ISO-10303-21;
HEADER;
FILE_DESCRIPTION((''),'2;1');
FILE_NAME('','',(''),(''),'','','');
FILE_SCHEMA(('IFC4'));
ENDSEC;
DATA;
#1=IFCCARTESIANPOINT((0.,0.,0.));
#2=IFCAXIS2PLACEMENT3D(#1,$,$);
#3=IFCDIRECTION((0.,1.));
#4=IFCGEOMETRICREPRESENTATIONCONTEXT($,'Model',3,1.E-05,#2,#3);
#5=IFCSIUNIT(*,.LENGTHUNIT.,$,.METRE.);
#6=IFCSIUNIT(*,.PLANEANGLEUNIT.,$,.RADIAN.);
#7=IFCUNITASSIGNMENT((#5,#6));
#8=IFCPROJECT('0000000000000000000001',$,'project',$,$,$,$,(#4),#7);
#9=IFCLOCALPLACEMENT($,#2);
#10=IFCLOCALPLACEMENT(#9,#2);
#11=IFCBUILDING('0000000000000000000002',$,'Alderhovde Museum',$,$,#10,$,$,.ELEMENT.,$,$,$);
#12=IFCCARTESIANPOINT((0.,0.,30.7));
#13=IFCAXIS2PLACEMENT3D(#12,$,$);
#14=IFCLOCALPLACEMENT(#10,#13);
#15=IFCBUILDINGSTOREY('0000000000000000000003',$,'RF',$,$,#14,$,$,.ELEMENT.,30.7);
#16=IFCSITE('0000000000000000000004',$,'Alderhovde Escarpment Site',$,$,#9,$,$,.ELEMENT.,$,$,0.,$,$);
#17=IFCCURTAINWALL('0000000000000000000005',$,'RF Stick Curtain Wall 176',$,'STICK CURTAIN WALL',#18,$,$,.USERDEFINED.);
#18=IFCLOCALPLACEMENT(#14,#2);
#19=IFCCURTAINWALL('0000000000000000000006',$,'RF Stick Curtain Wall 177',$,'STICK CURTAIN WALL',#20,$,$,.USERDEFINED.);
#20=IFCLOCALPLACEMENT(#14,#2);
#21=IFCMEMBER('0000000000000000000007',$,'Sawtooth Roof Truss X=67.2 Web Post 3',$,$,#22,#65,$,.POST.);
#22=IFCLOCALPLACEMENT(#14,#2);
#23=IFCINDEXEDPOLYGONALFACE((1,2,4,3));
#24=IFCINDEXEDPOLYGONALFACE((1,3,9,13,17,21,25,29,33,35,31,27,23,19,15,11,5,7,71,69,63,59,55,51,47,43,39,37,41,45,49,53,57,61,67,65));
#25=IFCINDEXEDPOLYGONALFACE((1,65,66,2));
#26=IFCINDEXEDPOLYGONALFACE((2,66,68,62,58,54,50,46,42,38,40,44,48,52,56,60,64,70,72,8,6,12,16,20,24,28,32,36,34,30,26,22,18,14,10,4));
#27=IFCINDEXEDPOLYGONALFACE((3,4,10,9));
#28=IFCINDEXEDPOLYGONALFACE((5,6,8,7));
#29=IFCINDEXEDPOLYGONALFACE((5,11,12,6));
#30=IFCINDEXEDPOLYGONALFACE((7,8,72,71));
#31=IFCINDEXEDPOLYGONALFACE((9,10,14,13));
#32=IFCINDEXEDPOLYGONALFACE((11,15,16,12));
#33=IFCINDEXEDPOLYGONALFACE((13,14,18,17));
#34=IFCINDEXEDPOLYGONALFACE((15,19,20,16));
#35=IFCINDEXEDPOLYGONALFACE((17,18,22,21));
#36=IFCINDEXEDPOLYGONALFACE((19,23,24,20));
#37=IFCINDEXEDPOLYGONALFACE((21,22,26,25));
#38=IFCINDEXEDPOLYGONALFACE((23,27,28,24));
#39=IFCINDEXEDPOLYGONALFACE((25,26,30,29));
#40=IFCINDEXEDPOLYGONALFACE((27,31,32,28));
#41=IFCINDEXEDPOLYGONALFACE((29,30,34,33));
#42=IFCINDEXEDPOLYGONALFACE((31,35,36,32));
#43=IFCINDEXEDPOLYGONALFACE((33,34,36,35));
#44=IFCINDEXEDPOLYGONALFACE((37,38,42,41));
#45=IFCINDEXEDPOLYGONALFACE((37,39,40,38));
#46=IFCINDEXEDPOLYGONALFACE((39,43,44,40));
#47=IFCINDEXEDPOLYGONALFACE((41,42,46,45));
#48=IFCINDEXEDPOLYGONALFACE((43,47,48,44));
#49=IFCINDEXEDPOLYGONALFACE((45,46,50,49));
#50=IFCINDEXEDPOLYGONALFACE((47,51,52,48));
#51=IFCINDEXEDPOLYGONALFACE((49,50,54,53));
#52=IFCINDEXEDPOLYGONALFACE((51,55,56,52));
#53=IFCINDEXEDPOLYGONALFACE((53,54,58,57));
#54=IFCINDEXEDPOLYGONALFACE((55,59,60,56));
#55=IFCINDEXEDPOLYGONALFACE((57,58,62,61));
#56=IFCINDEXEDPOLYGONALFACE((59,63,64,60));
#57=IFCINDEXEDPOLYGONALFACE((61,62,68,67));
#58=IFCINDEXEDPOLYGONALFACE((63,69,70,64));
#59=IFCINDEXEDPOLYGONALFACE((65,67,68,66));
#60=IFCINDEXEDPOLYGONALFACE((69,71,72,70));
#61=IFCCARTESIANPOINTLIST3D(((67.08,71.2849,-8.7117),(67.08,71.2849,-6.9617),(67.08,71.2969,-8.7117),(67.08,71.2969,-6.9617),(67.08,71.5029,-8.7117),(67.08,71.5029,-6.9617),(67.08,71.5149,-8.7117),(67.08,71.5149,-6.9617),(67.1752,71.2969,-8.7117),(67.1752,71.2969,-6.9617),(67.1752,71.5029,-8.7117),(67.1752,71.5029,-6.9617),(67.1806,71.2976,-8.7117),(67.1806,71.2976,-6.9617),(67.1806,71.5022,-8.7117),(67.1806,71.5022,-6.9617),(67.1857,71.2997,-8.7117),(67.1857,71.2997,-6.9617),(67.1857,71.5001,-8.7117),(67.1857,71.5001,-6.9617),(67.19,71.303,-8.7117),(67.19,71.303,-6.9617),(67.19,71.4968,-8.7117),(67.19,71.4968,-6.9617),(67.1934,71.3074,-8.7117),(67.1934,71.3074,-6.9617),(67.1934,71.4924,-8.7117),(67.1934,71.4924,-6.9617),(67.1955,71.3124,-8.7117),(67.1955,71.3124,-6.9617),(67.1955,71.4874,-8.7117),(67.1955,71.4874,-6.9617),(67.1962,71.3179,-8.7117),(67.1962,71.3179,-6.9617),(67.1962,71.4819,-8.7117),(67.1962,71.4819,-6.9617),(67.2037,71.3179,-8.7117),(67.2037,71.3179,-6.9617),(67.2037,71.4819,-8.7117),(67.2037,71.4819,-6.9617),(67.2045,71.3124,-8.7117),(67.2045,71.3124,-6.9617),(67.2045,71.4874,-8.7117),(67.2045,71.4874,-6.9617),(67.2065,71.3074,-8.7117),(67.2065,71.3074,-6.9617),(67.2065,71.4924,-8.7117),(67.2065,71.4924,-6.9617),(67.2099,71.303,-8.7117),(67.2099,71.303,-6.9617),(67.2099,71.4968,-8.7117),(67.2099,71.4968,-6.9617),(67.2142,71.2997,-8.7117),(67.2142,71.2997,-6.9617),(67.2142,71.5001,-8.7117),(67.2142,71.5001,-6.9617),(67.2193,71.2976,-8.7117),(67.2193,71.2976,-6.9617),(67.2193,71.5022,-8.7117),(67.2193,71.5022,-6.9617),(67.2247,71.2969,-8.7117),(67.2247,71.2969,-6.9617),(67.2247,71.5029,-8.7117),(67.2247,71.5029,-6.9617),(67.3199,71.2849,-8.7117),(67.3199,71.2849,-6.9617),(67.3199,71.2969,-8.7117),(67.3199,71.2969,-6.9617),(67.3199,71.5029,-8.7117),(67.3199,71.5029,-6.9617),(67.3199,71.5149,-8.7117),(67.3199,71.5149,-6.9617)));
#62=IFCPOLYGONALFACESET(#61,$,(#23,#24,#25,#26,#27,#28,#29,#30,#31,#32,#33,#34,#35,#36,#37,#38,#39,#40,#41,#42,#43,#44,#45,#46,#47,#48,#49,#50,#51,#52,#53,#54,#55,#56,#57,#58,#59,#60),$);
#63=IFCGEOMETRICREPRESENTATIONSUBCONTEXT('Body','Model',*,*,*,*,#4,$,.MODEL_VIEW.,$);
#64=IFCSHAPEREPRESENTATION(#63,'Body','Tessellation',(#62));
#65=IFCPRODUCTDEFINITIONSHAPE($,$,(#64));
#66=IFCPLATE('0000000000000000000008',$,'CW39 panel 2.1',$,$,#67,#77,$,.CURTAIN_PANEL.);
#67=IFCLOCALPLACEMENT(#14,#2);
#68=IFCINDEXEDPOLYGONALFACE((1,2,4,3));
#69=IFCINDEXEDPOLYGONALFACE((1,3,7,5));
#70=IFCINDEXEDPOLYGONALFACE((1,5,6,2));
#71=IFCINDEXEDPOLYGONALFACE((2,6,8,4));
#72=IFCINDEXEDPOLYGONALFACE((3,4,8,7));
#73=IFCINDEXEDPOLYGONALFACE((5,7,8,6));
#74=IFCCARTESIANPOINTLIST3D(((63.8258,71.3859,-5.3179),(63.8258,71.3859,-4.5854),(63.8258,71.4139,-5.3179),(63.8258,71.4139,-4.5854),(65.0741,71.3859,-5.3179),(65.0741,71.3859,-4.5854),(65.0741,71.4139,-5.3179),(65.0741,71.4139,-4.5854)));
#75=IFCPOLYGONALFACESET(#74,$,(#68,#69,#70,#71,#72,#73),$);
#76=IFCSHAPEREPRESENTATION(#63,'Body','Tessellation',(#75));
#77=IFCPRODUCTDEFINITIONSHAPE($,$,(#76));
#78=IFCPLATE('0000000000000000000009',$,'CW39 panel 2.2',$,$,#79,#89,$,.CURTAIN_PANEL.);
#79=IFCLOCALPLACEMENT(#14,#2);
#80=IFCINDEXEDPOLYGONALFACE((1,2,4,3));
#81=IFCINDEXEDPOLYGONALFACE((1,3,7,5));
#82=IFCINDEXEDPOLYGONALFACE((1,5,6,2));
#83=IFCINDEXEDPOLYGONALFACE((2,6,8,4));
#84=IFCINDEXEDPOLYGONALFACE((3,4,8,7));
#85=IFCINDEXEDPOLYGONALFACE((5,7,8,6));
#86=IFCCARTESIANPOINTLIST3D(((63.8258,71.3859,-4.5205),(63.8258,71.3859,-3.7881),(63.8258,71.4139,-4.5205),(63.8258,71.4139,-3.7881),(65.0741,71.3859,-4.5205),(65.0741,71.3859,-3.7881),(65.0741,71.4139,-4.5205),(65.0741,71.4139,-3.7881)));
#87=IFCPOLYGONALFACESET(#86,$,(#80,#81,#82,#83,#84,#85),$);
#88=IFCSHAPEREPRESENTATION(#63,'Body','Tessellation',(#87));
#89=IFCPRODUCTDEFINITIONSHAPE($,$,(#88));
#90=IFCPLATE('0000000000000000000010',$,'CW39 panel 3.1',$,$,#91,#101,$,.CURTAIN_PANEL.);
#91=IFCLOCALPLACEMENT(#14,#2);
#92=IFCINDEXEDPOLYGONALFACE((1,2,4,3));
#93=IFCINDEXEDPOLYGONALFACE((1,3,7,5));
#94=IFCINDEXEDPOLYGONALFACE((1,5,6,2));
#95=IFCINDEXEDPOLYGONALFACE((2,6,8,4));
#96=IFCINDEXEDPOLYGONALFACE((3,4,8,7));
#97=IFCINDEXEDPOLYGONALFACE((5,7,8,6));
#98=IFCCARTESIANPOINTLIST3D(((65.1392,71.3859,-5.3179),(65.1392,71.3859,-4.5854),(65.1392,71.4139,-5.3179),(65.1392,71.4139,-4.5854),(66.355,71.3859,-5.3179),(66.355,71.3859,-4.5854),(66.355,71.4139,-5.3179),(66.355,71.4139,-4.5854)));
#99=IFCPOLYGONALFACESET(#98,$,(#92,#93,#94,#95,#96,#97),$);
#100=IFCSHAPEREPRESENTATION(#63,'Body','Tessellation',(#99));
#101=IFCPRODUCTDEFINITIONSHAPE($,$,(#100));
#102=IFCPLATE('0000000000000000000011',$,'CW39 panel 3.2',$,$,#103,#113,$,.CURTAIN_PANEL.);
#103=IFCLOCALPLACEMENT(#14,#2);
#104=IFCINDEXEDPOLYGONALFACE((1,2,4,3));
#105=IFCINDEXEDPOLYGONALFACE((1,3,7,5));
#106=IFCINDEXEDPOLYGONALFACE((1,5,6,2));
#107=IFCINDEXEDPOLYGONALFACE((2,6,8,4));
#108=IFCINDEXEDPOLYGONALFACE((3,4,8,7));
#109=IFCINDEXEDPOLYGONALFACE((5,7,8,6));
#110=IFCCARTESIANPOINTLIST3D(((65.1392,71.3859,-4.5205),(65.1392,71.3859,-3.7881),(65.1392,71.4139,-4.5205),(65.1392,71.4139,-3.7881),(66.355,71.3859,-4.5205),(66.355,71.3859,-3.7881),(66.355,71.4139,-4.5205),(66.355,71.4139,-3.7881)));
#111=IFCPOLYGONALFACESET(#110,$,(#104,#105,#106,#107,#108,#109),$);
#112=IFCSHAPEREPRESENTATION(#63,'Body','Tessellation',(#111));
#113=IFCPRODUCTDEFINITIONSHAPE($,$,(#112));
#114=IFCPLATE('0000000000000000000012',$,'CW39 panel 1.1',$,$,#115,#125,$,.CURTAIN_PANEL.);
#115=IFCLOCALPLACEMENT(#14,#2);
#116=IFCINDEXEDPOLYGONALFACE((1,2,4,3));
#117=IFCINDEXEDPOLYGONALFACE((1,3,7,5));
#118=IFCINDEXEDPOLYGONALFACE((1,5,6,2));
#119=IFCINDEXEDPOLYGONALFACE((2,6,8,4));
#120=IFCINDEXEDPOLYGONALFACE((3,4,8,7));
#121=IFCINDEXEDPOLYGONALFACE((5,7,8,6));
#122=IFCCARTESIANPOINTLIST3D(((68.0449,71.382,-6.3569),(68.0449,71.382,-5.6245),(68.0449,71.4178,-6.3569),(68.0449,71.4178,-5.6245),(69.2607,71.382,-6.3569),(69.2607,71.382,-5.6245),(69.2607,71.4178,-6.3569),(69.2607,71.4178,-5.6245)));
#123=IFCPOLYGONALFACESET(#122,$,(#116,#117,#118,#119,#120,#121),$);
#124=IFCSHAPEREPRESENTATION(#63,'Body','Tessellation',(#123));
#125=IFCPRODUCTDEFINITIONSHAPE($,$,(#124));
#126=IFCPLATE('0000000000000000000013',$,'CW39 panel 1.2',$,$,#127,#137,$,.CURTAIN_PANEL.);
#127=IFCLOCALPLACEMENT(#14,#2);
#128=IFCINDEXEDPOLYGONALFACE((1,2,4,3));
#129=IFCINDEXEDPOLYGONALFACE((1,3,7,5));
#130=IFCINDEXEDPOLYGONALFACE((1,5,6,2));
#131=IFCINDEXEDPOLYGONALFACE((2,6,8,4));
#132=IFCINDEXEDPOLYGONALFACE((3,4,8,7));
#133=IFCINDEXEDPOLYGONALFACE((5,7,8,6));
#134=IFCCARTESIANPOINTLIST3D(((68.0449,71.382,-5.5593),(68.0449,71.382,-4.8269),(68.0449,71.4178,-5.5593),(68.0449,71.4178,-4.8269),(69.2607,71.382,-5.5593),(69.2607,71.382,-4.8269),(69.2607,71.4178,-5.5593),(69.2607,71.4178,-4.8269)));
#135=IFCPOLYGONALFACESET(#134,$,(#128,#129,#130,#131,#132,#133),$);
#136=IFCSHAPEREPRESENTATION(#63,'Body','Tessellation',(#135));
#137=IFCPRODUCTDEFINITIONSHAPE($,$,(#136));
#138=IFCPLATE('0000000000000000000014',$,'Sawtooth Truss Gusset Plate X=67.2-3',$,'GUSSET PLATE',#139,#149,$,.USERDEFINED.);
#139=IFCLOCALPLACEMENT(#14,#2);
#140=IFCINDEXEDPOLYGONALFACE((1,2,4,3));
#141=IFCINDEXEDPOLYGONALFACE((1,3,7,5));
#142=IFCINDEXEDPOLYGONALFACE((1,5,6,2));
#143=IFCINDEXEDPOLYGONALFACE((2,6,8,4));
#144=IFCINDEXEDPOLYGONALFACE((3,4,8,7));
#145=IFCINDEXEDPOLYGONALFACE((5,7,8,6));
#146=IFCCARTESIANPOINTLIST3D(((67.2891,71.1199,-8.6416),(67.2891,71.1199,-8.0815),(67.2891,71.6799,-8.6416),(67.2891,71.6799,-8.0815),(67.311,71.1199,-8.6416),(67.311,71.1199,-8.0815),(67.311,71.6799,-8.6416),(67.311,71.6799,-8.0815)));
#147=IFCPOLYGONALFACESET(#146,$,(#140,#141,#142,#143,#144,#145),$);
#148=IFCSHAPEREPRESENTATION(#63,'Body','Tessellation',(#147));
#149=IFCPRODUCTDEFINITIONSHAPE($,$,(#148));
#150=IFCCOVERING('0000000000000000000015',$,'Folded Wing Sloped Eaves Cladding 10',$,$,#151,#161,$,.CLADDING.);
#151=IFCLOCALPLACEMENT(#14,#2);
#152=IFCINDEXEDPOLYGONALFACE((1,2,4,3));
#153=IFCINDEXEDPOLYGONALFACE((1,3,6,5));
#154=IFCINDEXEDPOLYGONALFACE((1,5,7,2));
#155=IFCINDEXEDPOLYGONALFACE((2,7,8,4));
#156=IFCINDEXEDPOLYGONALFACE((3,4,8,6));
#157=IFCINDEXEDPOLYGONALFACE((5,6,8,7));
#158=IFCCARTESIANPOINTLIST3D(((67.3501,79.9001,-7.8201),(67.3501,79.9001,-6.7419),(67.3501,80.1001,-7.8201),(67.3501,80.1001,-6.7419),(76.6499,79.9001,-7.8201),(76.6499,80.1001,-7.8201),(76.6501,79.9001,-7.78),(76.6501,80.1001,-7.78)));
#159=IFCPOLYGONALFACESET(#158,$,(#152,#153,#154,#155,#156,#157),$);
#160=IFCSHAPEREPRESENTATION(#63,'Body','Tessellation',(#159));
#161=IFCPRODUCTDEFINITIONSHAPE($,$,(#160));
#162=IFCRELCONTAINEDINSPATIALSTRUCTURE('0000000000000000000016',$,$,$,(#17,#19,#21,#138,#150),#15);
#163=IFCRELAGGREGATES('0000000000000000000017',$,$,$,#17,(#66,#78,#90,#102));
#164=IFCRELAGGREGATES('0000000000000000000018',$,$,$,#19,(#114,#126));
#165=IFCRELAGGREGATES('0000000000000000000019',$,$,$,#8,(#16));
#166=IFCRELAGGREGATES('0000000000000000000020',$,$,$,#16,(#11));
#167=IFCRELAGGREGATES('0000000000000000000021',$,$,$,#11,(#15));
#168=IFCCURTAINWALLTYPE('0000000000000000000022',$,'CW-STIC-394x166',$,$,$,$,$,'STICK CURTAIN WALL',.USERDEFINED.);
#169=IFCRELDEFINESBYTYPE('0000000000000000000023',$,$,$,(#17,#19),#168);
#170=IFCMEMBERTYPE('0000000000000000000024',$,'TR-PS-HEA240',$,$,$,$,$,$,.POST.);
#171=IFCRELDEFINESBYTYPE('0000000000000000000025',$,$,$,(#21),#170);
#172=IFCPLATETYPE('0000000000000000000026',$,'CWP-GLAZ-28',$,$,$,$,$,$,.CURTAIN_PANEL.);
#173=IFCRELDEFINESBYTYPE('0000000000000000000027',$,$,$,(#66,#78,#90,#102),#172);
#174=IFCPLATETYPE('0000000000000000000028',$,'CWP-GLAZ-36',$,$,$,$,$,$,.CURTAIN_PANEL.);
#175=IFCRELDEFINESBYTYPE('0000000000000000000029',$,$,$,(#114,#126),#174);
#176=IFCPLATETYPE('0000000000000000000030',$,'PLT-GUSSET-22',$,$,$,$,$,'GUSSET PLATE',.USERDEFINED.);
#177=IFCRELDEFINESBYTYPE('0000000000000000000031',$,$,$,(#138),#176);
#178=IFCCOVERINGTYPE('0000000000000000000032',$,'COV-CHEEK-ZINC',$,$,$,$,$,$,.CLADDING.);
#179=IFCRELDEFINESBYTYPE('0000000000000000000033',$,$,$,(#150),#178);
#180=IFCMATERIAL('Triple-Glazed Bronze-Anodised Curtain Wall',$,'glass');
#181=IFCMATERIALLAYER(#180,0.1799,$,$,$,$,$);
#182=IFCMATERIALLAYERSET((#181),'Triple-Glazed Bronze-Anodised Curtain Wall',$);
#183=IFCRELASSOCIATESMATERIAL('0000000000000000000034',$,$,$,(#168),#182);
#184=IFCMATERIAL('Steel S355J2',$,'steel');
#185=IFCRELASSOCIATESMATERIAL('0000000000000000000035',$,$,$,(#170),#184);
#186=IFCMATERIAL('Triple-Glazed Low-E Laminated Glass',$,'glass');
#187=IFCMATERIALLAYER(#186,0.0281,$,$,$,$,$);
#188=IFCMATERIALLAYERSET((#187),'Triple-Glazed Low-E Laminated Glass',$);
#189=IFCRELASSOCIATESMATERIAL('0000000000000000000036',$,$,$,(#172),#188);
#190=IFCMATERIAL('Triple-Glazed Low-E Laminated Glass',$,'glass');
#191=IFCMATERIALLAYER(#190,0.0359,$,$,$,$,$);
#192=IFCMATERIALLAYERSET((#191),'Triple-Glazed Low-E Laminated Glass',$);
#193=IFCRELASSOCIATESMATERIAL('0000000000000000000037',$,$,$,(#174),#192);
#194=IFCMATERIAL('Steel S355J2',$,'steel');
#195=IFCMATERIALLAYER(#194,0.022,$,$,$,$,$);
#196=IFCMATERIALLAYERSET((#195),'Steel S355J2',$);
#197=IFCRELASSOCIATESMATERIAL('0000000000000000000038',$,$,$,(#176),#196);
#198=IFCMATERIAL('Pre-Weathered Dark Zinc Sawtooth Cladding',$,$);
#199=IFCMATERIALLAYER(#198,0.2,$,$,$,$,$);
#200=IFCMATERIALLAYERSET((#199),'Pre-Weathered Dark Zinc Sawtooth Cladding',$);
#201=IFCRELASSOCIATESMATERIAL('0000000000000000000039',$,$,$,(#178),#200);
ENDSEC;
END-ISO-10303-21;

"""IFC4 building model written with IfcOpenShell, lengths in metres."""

from ifc_helpers import new_model, si_unit, direction, frame, origin, origin_2d, place, context, subcontext, project, spatial, polyline, rectangle, i_section, outline, extrude, material, layer, layer_set, material_profile, profile_set, type_object, element, aggregate, save


model = new_model("IFC4")

# Units and contexts
model_context = context("Model", 3, precision=1e-05, world=origin(), true_north=direction((0.0, 1.0)))
body_context = subcontext(model_context, "Body", "Model", "MODEL_VIEW")
ifc_project = project(units=[si_unit("LENGTHUNIT", "METRE"), si_unit("PLANEANGLEUNIT", "RADIAN")], contexts=[model_context])

# Site, building, storey
site_placement = place(None, origin())
site = spatial("IfcSite", under=ifc_project, at=site_placement, Name="Alderhovde Escarpment Site", CompositionType="ELEMENT", RefElevation=0.0)
building_placement = place(site_placement, origin())
building = spatial("IfcBuilding", under=site, at=building_placement, Name="Alderhovde Museum", CompositionType="ELEMENT")
storey_placement = place(building_placement, frame((0.0, 0.0, 30.7)))
storey = spatial("IfcBuildingStorey", under=building, at=storey_placement, Name="RF", CompositionType="ELEMENT", Elevation=30.7)

# Curtain walls
ifc_material_1 = material(Name="Triple-Glazed Bronze-Anodised Curtain Wall", Category="glass")
ifc_layer_1 = layer(ifc_material_1, 0.1799)
ifc_layer_set_1 = layer_set([ifc_layer_1], Name="Triple-Glazed Bronze-Anodised Curtain Wall")
curtain_wall_type = type_object("IfcCurtainWallType", Name="CW-STIC-394x166", ElementType="STICK CURTAIN WALL", PredefinedType="USERDEFINED", material=ifc_layer_set_1)
curtain_wall_1_placement = place(storey_placement, origin())
curtain_wall_1 = element("IfcCurtainWall", 1, at=curtain_wall_1_placement, inside=storey, type_object=curtain_wall_type, Name="RF Stick Curtain Wall 176", ObjectType="STICK CURTAIN WALL", PredefinedType="USERDEFINED")
curtain_wall_2_placement = place(storey_placement, origin())
curtain_wall_2 = element("IfcCurtainWall", 2, at=curtain_wall_2_placement, inside=storey, type_object=curtain_wall_type, Name="RF Stick Curtain Wall 177", ObjectType="STICK CURTAIN WALL", PredefinedType="USERDEFINED")

# Member
ifc_material_2 = material(Name="Steel S355J2", Category="steel")
ifc_material_profile_1 = material_profile(ifc_material_2, i_section(OverallWidth=0.24, OverallDepth=0.23, WebThickness=0.0076, FlangeThickness=0.012, FilletRadius=0.021, at=origin_2d()), Name="HEA 240")
ifc_profile_set_1 = profile_set([ifc_material_profile_1], Name="Steel S355J2")
member_type_1 = type_object("IfcMemberType", Name="TR-PS-HEA240", PredefinedType="POST", material=ifc_profile_set_1)
member_1_placement = place(storey_placement, frame((67.2, 71.3999, -8.7117), z_axis=(0.0, 0.0, 1.0), x_axis=(1.0, 0.0, 0.0)))
element("IfcMember", 3, at=member_1_placement, inside=storey, type_object=member_type_1, Name="Sawtooth Roof Truss X=67.2 Web Post 3", PredefinedType="POST", context=body_context, shape_type="SweptSolid", body=[
    extrude(i_section(OverallWidth=0.24, OverallDepth=0.23, WebThickness=0.0076, FlangeThickness=0.012, FilletRadius=0.021, at=origin_2d()), origin(), (0.0, 0.0, 1.0), 1.75),
])

# Plates
ifc_material_3 = material(Name="Triple-Glazed Low-E Laminated Glass", Category="glass")
ifc_layer_2 = layer(ifc_material_3, 0.0281)
ifc_layer_set_2 = layer_set([ifc_layer_2], Name="Triple-Glazed Low-E Laminated Glass")
plate_type_1 = type_object("IfcPlateType", Name="CWP-GLAZ-28", PredefinedType="CURTAIN_PANEL", material=ifc_layer_set_2)
plate_1_placement = place(storey_placement, frame((64.45, 71.3999, -5.3179), z_axis=(0.0, 0.0, 1.0), x_axis=(1.0, 0.0, 0.0)))
plate_1 = element("IfcPlate", 4, at=plate_1_placement, type_object=plate_type_1, Name="CW39 panel 2.1", PredefinedType="CURTAIN_PANEL", context=body_context, shape_type="SweptSolid", body=[
    extrude(rectangle(XDim=1.2483, YDim=0.0281, at=origin_2d()), origin(), (0.0, 0.0, 1.0), 0.7324),
])
plate_2_placement = place(storey_placement, frame((64.45, 71.3999, -4.5205), z_axis=(0.0, 0.0, 1.0), x_axis=(1.0, 0.0, 0.0)))
plate_2 = element("IfcPlate", 5, at=plate_2_placement, type_object=plate_type_1, Name="CW39 panel 2.2", PredefinedType="CURTAIN_PANEL", context=body_context, shape_type="SweptSolid", body=[
    extrude(rectangle(XDim=1.2483, YDim=0.0281, at=origin_2d()), origin(), (0.0, 0.0, 1.0), 0.7324),
])
plate_3_placement = place(storey_placement, frame((65.7471, 71.3999, -5.3179), z_axis=(0.0, 0.0, 1.0), x_axis=(1.0, 0.0, 0.0)))
plate_3 = element("IfcPlate", 6, at=plate_3_placement, type_object=plate_type_1, Name="CW39 panel 3.1", PredefinedType="CURTAIN_PANEL", context=body_context, shape_type="SweptSolid", body=[
    extrude(rectangle(XDim=1.2158, YDim=0.0281, at=origin_2d()), origin(), (0.0, 0.0, 1.0), 0.7324),
])
plate_4_placement = place(storey_placement, frame((65.7471, 71.3999, -4.5205), z_axis=(0.0, 0.0, 1.0), x_axis=(1.0, 0.0, 0.0)))
plate_4 = element("IfcPlate", 7, at=plate_4_placement, type_object=plate_type_1, Name="CW39 panel 3.2", PredefinedType="CURTAIN_PANEL", context=body_context, shape_type="SweptSolid", body=[
    extrude(rectangle(XDim=1.2158, YDim=0.0281, at=origin_2d()), origin(), (0.0, 0.0, 1.0), 0.7324),
])
aggregate(curtain_wall_1, [plate_1, plate_2, plate_3, plate_4])
ifc_material_4 = material(Name="Triple-Glazed Low-E Laminated Glass", Category="glass")
ifc_layer_3 = layer(ifc_material_4, 0.0359)
ifc_layer_set_3 = layer_set([ifc_layer_3], Name="Triple-Glazed Low-E Laminated Glass")
plate_type_2 = type_object("IfcPlateType", Name="CWP-GLAZ-36", PredefinedType="CURTAIN_PANEL", material=ifc_layer_set_3)
plate_5_placement = place(storey_placement, frame((68.6528, 71.3999, -6.3569), z_axis=(0.0, 0.0, 1.0), x_axis=(1.0, 0.0, 0.0)))
plate_5 = element("IfcPlate", 8, at=plate_5_placement, type_object=plate_type_2, Name="CW39 panel 1.1", PredefinedType="CURTAIN_PANEL", context=body_context, shape_type="SweptSolid", body=[
    extrude(rectangle(XDim=1.2158, YDim=0.0359, at=origin_2d()), origin(), (0.0, 0.0, 1.0), 0.7324),
])
plate_6_placement = place(storey_placement, frame((68.6528, 71.3999, -5.5593), z_axis=(0.0, 0.0, 1.0), x_axis=(1.0, 0.0, 0.0)))
plate_6 = element("IfcPlate", 9, at=plate_6_placement, type_object=plate_type_2, Name="CW39 panel 1.2", PredefinedType="CURTAIN_PANEL", context=body_context, shape_type="SweptSolid", body=[
    extrude(rectangle(XDim=1.2158, YDim=0.0359, at=origin_2d()), origin(), (0.0, 0.0, 1.0), 0.7324),
])
aggregate(curtain_wall_2, [plate_5, plate_6])
ifc_material_5 = material(Name="Steel S355J2", Category="steel")
ifc_layer_4 = layer(ifc_material_5, 0.022)
ifc_layer_set_4 = layer_set([ifc_layer_4], Name="Steel S355J2")
plate_type_3 = type_object("IfcPlateType", Name="PLT-GUSSET-22", ElementType="GUSSET PLATE", PredefinedType="USERDEFINED", material=ifc_layer_set_4)
plate_7_placement = place(storey_placement, frame((67.3, 71.3999, -8.6416), z_axis=(0.0, 0.0, 1.0), x_axis=(1.0, 0.0, 0.0)))
element("IfcPlate", 10, at=plate_7_placement, inside=storey, type_object=plate_type_3, Name="Sawtooth Truss Gusset Plate X=67.2-3", ObjectType="GUSSET PLATE", PredefinedType="USERDEFINED", context=body_context, shape_type="SweptSolid", body=[
    extrude(rectangle(XDim=0.022, YDim=0.5601, at=origin_2d()), origin(), (0.0, 0.0, 1.0), 0.5601),
])

# Covering
ifc_material_6 = material(Name="Pre-Weathered Dark Zinc Sawtooth Cladding")
ifc_layer_5 = layer(ifc_material_6, 0.2)
ifc_layer_set_5 = layer_set([ifc_layer_5], Name="Pre-Weathered Dark Zinc Sawtooth Cladding")
covering_type = type_object("IfcCoveringType", Name="COV-CHEEK-ZINC", PredefinedType="CLADDING", material=ifc_layer_set_5)
covering_placement = place(storey_placement, frame((67.3501, 80.0, -7.8201), z_axis=(0.0, 0.0, 1.0), x_axis=(1.0, 0.0, 0.0)))
element("IfcCovering", 11, at=covering_placement, inside=storey, type_object=covering_type, Name="Folded Wing Sloped Eaves Cladding 10", PredefinedType="CLADDING", context=body_context, shape_type="SweptSolid", body=[
    extrude(outline(polyline([(0.0, 0.0), (9.2998, 0.0), (9.3, 0.04), (0.0, 1.0781), (0.0, 0.0)])), frame((0.0, 0.1001, 0.0), z_axis=(0.0, -1.0, 0.0), x_axis=(1.0, 0.0, 0.0)), (0.0, 0.0, 1.0), 0.2),
])

save(model, "model.ifc")
